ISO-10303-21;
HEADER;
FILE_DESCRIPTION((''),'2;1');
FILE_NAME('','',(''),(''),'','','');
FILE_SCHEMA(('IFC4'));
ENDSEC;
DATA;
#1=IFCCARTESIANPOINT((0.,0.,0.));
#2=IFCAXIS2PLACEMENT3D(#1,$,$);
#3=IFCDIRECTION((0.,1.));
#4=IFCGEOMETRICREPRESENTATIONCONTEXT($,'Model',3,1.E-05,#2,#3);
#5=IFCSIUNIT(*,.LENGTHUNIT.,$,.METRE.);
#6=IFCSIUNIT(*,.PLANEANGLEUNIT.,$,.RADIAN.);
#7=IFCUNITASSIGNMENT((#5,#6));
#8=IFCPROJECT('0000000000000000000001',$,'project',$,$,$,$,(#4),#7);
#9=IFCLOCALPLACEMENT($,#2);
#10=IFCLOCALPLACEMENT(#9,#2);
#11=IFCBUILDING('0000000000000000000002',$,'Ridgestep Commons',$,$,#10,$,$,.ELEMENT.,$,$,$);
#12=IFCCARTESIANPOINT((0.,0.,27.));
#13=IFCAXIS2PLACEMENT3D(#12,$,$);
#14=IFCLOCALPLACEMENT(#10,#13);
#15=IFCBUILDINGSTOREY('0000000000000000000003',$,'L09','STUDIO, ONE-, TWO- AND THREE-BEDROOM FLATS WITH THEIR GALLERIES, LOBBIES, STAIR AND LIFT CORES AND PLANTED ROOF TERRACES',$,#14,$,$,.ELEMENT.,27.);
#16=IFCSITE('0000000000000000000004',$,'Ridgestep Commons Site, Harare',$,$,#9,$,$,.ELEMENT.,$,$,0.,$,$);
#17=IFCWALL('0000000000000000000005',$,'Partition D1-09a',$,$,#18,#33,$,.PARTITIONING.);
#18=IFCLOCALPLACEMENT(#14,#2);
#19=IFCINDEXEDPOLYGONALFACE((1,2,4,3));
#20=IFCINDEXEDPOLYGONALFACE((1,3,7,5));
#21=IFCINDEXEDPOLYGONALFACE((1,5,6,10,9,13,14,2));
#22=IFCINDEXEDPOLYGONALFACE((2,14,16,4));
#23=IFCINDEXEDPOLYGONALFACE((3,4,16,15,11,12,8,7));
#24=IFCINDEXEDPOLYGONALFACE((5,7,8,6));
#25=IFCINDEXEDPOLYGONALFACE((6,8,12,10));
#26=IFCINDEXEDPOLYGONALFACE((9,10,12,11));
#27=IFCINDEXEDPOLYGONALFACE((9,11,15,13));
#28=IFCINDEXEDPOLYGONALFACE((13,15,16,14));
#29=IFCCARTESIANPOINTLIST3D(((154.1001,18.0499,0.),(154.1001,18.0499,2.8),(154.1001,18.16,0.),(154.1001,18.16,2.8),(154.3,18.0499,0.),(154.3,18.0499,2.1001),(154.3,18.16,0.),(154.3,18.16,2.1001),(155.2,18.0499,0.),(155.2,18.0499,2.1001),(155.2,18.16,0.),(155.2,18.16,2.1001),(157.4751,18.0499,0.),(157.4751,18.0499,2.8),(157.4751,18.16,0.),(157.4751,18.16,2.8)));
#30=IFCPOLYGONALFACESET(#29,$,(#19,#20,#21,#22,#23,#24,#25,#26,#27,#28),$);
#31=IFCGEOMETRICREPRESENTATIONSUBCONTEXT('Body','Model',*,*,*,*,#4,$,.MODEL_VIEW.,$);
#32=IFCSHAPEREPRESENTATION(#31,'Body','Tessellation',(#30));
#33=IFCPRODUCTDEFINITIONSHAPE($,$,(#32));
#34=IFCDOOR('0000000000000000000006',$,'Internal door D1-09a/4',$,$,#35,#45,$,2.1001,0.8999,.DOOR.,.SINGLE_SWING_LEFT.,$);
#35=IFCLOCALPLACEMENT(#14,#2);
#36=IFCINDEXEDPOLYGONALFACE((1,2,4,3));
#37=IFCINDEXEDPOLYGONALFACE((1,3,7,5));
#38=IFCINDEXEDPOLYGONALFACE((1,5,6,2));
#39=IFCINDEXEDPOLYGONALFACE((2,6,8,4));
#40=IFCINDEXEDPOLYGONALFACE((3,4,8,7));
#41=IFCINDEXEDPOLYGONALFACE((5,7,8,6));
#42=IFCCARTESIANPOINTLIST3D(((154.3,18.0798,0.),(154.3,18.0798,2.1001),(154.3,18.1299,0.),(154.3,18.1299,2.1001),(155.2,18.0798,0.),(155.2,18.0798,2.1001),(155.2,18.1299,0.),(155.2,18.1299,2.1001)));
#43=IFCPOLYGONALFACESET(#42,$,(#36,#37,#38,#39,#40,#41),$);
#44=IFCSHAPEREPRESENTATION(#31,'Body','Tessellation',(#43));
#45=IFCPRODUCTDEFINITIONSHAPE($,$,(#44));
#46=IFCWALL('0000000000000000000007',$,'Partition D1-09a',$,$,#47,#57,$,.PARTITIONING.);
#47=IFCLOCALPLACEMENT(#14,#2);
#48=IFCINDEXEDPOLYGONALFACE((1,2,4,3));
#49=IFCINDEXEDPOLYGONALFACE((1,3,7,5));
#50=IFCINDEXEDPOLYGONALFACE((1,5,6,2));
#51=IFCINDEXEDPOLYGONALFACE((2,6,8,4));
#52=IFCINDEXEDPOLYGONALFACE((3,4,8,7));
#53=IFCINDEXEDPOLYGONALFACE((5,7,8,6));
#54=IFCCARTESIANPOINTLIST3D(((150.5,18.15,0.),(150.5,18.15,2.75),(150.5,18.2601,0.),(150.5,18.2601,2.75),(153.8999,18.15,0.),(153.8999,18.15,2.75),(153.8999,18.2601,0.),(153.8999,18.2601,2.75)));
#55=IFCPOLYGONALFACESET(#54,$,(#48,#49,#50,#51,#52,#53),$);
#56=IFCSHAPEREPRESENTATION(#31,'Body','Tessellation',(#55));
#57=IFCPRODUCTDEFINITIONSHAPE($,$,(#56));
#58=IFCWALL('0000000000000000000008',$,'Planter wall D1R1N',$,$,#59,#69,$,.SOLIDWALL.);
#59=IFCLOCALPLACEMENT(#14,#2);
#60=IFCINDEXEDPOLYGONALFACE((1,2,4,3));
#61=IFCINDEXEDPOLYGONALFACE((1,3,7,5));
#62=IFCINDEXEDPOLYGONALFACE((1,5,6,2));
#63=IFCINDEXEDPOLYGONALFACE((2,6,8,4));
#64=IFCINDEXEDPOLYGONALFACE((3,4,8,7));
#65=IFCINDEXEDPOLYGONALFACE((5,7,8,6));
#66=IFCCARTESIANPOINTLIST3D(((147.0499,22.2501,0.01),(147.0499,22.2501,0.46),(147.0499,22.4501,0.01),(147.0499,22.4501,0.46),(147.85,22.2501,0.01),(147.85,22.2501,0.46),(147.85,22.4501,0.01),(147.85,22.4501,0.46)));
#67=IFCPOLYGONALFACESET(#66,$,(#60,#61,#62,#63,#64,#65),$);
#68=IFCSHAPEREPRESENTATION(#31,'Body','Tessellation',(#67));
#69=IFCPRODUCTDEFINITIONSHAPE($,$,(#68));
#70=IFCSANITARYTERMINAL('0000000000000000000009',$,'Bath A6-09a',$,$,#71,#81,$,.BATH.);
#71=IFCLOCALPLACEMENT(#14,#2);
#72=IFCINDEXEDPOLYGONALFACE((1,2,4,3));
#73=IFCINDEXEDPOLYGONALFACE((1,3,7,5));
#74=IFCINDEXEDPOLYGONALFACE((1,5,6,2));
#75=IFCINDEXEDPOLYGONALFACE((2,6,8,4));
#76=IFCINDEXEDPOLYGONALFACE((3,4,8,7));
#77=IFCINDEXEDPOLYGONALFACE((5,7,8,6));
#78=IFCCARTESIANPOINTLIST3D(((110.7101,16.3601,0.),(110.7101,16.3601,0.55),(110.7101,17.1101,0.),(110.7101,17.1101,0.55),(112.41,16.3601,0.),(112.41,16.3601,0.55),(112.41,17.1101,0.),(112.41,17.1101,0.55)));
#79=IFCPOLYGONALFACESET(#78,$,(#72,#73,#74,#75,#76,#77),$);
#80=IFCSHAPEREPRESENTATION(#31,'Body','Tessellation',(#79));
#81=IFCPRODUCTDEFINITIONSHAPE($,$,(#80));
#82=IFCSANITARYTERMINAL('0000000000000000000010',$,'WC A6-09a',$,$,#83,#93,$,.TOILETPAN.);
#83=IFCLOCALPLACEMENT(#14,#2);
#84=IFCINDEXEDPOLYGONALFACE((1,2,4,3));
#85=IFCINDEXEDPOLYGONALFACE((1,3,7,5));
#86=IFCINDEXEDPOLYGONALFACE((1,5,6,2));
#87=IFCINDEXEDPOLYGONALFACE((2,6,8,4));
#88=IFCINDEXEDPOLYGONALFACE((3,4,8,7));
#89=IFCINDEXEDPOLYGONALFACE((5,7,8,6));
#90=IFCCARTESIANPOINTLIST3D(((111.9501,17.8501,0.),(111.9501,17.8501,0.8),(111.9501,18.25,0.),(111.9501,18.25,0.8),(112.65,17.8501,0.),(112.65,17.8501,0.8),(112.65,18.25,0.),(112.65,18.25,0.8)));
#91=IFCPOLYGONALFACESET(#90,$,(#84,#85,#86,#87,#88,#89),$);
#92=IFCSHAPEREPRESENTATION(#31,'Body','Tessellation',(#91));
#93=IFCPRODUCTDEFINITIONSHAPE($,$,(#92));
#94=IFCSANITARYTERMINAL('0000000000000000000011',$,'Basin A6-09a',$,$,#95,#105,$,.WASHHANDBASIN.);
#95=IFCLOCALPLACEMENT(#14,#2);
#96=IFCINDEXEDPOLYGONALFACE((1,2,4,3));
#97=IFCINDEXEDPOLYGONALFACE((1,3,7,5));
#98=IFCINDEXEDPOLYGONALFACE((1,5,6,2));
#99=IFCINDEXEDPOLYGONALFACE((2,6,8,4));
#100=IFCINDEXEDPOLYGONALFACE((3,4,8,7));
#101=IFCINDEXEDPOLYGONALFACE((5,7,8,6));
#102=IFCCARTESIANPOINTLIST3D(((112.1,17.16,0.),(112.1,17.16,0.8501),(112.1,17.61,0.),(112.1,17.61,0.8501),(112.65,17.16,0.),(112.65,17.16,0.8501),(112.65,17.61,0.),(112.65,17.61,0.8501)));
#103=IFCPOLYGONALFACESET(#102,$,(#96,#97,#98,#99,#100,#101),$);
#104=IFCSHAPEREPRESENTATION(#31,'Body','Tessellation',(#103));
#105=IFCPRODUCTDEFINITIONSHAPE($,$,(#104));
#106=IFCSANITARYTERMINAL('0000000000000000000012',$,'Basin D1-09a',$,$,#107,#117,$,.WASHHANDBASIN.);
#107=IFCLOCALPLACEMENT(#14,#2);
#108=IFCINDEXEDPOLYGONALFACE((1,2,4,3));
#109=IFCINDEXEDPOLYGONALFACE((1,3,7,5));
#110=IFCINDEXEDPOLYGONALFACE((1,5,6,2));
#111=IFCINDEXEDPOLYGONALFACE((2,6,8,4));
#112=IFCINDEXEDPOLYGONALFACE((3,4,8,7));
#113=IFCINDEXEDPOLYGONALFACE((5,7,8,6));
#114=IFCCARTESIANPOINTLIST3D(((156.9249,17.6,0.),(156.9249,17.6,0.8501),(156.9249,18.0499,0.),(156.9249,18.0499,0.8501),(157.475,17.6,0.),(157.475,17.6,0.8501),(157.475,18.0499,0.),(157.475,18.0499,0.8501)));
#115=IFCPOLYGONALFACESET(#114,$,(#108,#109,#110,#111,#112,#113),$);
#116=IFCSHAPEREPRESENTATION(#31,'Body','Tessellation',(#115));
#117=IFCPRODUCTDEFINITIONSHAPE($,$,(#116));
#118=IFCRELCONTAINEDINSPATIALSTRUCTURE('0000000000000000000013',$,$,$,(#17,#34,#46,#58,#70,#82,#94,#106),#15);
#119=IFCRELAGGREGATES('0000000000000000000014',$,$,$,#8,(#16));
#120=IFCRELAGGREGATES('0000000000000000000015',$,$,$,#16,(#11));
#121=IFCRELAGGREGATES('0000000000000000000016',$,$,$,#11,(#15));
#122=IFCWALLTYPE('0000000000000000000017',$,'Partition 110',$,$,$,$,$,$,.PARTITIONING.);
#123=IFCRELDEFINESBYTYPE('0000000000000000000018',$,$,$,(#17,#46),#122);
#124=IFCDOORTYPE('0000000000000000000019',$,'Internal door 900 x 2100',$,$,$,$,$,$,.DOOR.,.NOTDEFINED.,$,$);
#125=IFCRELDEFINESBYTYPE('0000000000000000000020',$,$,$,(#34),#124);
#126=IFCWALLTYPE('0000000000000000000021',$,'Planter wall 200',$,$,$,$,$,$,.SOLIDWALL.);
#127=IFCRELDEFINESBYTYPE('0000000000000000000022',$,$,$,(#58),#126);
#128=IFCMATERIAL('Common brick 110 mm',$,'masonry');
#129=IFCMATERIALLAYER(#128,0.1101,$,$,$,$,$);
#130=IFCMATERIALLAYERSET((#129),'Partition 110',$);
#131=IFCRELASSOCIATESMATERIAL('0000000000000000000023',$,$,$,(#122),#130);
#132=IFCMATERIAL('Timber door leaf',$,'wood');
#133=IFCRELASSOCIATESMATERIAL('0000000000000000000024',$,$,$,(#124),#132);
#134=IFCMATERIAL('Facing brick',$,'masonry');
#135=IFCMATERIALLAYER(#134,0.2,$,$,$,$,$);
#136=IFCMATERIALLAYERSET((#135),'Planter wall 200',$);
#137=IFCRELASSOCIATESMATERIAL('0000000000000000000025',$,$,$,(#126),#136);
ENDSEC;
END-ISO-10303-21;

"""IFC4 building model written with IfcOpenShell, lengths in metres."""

from ifc_helpers import new_model, si_unit, direction, frame, frame_2d, origin, origin_2d, place, context, subcontext, project, spatial, rectangle, extrude, material, layer, layer_set, type_object, element, fill, save


model = new_model("IFC4")

# Units and contexts
model_context = context("Model", 3, precision=1e-05, world=origin(), true_north=direction((0.0, 1.0)))
body_context = subcontext(model_context, "Body", "Model", "MODEL_VIEW")
ifc_project = project(units=[si_unit("LENGTHUNIT", "METRE"), si_unit("PLANEANGLEUNIT", "RADIAN")], contexts=[model_context])

# Site, building, storey
site_placement = place(None, origin())
site = spatial("IfcSite", under=ifc_project, at=site_placement, Name="Ridgestep Commons Site, Harare", CompositionType="ELEMENT", RefElevation=0.0)
building_placement = place(site_placement, origin())
building = spatial("IfcBuilding", under=site, at=building_placement, Name="Ridgestep Commons", CompositionType="ELEMENT")
storey_placement = place(building_placement, frame((0.0, 0.0, 27.0)))
storey = spatial("IfcBuildingStorey", under=building, at=storey_placement, Name="L09", Description="STUDIO, ONE-, TWO- AND THREE-BEDROOM FLATS WITH THEIR GALLERIES, LOBBIES, STAIR AND LIFT CORES AND PLANTED ROOF TERRACES", CompositionType="ELEMENT", Elevation=27.0)

# Wall, opening, door
ifc_material_1 = material(Name="Common brick 110 mm", Category="masonry")
ifc_layer_1 = layer(ifc_material_1, 0.1101)
ifc_layer_set_1 = layer_set([ifc_layer_1], Name="Partition 110")
wall_type_1 = type_object("IfcWallType", Name="Partition 110", PredefinedType="PARTITIONING", material=ifc_layer_set_1)
ifc_material_2 = material(Name="Timber door leaf", Category="wood")
door_type_1 = type_object("IfcDoorType", Name="Internal door 900 x 2100", OperationType="NOTDEFINED", PredefinedType="DOOR", material=ifc_material_2)
wall_1_placement = place(storey_placement, frame((154.1001, 18.105, 0.0), z_axis=(0.0, 0.0, 1.0), x_axis=(1.0, 0.0, 0.0)))
wall_1 = element("IfcWall", 1, at=wall_1_placement, inside=storey, type_object=wall_type_1, Name="Partition D1-09a", PredefinedType="PARTITIONING", context=body_context, shape_type="SweptSolid", body=[
    extrude(rectangle(XDim=3.375, YDim=0.1101, at=frame_2d((1.6875, 0.0))), origin(), (0.0, 0.0, 1.0), 2.8),
])
opening_1_placement = place(wall_1_placement, frame((0.2, 0.0, 0.0)))
opening_1 = element("IfcOpeningElement", 2, at=opening_1_placement, cuts=wall_1, PredefinedType="OPENING", context=body_context, shape_type="SweptSolid", body=[
    extrude(rectangle(XDim=0.8999, YDim=2.1001, at=frame_2d((0.45, 1.05))), frame((0.0, 0.0649, 0.0), z_axis=(0.0, -1.0, 0.0), x_axis=(1.0, 0.0, 0.0)), (0.0, 0.0, 1.0), 0.1301),
])
door_1_placement = place(opening_1_placement, origin())
door_1 = element("IfcDoor", 3, at=door_1_placement, inside=storey, type_object=door_type_1, Name="Internal door D1-09a/4", OperationType="SINGLE_SWING_LEFT", OverallHeight=2.1001, OverallWidth=0.8999, PredefinedType="DOOR", context=body_context, shape_type="SweptSolid", body=[
    extrude(rectangle(XDim=0.8999, YDim=2.1001, at=frame_2d((0.45, 1.05))), frame((0.0, 0.0249, 0.0), z_axis=(0.0, -1.0, 0.0), x_axis=(1.0, 0.0, 0.0)), (0.0, 0.0, 1.0), 0.05),
])
fill(opening_1, door_1)

# Walls
wall_2_placement = place(storey_placement, frame((150.5, 18.2051, 0.0), z_axis=(0.0, 0.0, 1.0), x_axis=(1.0, 0.0, 0.0)))
element("IfcWall", 4, at=wall_2_placement, inside=storey, type_object=wall_type_1, Name="Partition D1-09a", PredefinedType="PARTITIONING", context=body_context, shape_type="SweptSolid", body=[
    extrude(rectangle(XDim=3.3999, YDim=0.1101, at=frame_2d((1.7, 0.0))), origin(), (0.0, 0.0, 1.0), 2.75),
])
ifc_material_3 = material(Name="Facing brick", Category="masonry")
ifc_layer_2 = layer(ifc_material_3, 0.2)
ifc_layer_set_2 = layer_set([ifc_layer_2], Name="Planter wall 200")
wall_type_2 = type_object("IfcWallType", Name="Planter wall 200", PredefinedType="SOLIDWALL", material=ifc_layer_set_2)
wall_3_placement = place(storey_placement, frame((147.05, 22.3501, 0.01), z_axis=(0.0, 0.0, 1.0), x_axis=(1.0, 0.0, 0.0)))
element("IfcWall", 5, at=wall_3_placement, inside=storey, type_object=wall_type_2, Name="Planter wall D1R1N", PredefinedType="SOLIDWALL", context=body_context, shape_type="SweptSolid", body=[
    extrude(rectangle(XDim=0.8, YDim=0.2, at=frame_2d((0.3999, 0.0))), origin(), (0.0, 0.0, 1.0), 0.45),
])

# Sanitary terminals
sanitary_terminal_1_placement = place(storey_placement, frame((111.5601, 16.7351, 0.0), z_axis=(0.0, 0.0, 1.0), x_axis=(1.0, 0.0, 0.0)))
element("IfcSanitaryTerminal", 6, at=sanitary_terminal_1_placement, inside=storey, Name="Bath A6-09a", PredefinedType="BATH", context=body_context, shape_type="SweptSolid", body=[
    extrude(rectangle(XDim=1.7, YDim=0.75, at=origin_2d()), origin(), (0.0, 0.0, 1.0), 0.55),
])
sanitary_terminal_2_placement = place(storey_placement, frame((112.3, 18.05, 0.0), z_axis=(0.0, 0.0, 1.0), x_axis=(1.0, 0.0, 0.0)))
element("IfcSanitaryTerminal", 7, at=sanitary_terminal_2_placement, inside=storey, Name="WC A6-09a", PredefinedType="TOILETPAN", context=body_context, shape_type="SweptSolid", body=[
    extrude(rectangle(XDim=0.7, YDim=0.3999, at=origin_2d()), origin(), (0.0, 0.0, 1.0), 0.8),
])
for number, where, z_axis, x_axis, name in (
    (8, (112.375, 17.385, 0.0), (0.0, 0.0, 1.0), (1.0, 0.0, 0.0), "Basin A6-09a"),
    (9, (157.2, 17.825, 0.0), (0.0, 0.0, 1.0), (1.0, 0.0, 0.0), "Basin D1-09a"),
):
    element("IfcSanitaryTerminal", number, at=place(storey_placement, frame(where, z_axis=z_axis, x_axis=x_axis)), inside=storey, Name=name, PredefinedType="WASHHANDBASIN", context=body_context, shape_type="SweptSolid", body=[
        extrude(rectangle(XDim=0.55, YDim=0.45, at=origin_2d()), origin(), (0.0, 0.0, 1.0), 0.8501),
    ])

save(model, "model.ifc")
